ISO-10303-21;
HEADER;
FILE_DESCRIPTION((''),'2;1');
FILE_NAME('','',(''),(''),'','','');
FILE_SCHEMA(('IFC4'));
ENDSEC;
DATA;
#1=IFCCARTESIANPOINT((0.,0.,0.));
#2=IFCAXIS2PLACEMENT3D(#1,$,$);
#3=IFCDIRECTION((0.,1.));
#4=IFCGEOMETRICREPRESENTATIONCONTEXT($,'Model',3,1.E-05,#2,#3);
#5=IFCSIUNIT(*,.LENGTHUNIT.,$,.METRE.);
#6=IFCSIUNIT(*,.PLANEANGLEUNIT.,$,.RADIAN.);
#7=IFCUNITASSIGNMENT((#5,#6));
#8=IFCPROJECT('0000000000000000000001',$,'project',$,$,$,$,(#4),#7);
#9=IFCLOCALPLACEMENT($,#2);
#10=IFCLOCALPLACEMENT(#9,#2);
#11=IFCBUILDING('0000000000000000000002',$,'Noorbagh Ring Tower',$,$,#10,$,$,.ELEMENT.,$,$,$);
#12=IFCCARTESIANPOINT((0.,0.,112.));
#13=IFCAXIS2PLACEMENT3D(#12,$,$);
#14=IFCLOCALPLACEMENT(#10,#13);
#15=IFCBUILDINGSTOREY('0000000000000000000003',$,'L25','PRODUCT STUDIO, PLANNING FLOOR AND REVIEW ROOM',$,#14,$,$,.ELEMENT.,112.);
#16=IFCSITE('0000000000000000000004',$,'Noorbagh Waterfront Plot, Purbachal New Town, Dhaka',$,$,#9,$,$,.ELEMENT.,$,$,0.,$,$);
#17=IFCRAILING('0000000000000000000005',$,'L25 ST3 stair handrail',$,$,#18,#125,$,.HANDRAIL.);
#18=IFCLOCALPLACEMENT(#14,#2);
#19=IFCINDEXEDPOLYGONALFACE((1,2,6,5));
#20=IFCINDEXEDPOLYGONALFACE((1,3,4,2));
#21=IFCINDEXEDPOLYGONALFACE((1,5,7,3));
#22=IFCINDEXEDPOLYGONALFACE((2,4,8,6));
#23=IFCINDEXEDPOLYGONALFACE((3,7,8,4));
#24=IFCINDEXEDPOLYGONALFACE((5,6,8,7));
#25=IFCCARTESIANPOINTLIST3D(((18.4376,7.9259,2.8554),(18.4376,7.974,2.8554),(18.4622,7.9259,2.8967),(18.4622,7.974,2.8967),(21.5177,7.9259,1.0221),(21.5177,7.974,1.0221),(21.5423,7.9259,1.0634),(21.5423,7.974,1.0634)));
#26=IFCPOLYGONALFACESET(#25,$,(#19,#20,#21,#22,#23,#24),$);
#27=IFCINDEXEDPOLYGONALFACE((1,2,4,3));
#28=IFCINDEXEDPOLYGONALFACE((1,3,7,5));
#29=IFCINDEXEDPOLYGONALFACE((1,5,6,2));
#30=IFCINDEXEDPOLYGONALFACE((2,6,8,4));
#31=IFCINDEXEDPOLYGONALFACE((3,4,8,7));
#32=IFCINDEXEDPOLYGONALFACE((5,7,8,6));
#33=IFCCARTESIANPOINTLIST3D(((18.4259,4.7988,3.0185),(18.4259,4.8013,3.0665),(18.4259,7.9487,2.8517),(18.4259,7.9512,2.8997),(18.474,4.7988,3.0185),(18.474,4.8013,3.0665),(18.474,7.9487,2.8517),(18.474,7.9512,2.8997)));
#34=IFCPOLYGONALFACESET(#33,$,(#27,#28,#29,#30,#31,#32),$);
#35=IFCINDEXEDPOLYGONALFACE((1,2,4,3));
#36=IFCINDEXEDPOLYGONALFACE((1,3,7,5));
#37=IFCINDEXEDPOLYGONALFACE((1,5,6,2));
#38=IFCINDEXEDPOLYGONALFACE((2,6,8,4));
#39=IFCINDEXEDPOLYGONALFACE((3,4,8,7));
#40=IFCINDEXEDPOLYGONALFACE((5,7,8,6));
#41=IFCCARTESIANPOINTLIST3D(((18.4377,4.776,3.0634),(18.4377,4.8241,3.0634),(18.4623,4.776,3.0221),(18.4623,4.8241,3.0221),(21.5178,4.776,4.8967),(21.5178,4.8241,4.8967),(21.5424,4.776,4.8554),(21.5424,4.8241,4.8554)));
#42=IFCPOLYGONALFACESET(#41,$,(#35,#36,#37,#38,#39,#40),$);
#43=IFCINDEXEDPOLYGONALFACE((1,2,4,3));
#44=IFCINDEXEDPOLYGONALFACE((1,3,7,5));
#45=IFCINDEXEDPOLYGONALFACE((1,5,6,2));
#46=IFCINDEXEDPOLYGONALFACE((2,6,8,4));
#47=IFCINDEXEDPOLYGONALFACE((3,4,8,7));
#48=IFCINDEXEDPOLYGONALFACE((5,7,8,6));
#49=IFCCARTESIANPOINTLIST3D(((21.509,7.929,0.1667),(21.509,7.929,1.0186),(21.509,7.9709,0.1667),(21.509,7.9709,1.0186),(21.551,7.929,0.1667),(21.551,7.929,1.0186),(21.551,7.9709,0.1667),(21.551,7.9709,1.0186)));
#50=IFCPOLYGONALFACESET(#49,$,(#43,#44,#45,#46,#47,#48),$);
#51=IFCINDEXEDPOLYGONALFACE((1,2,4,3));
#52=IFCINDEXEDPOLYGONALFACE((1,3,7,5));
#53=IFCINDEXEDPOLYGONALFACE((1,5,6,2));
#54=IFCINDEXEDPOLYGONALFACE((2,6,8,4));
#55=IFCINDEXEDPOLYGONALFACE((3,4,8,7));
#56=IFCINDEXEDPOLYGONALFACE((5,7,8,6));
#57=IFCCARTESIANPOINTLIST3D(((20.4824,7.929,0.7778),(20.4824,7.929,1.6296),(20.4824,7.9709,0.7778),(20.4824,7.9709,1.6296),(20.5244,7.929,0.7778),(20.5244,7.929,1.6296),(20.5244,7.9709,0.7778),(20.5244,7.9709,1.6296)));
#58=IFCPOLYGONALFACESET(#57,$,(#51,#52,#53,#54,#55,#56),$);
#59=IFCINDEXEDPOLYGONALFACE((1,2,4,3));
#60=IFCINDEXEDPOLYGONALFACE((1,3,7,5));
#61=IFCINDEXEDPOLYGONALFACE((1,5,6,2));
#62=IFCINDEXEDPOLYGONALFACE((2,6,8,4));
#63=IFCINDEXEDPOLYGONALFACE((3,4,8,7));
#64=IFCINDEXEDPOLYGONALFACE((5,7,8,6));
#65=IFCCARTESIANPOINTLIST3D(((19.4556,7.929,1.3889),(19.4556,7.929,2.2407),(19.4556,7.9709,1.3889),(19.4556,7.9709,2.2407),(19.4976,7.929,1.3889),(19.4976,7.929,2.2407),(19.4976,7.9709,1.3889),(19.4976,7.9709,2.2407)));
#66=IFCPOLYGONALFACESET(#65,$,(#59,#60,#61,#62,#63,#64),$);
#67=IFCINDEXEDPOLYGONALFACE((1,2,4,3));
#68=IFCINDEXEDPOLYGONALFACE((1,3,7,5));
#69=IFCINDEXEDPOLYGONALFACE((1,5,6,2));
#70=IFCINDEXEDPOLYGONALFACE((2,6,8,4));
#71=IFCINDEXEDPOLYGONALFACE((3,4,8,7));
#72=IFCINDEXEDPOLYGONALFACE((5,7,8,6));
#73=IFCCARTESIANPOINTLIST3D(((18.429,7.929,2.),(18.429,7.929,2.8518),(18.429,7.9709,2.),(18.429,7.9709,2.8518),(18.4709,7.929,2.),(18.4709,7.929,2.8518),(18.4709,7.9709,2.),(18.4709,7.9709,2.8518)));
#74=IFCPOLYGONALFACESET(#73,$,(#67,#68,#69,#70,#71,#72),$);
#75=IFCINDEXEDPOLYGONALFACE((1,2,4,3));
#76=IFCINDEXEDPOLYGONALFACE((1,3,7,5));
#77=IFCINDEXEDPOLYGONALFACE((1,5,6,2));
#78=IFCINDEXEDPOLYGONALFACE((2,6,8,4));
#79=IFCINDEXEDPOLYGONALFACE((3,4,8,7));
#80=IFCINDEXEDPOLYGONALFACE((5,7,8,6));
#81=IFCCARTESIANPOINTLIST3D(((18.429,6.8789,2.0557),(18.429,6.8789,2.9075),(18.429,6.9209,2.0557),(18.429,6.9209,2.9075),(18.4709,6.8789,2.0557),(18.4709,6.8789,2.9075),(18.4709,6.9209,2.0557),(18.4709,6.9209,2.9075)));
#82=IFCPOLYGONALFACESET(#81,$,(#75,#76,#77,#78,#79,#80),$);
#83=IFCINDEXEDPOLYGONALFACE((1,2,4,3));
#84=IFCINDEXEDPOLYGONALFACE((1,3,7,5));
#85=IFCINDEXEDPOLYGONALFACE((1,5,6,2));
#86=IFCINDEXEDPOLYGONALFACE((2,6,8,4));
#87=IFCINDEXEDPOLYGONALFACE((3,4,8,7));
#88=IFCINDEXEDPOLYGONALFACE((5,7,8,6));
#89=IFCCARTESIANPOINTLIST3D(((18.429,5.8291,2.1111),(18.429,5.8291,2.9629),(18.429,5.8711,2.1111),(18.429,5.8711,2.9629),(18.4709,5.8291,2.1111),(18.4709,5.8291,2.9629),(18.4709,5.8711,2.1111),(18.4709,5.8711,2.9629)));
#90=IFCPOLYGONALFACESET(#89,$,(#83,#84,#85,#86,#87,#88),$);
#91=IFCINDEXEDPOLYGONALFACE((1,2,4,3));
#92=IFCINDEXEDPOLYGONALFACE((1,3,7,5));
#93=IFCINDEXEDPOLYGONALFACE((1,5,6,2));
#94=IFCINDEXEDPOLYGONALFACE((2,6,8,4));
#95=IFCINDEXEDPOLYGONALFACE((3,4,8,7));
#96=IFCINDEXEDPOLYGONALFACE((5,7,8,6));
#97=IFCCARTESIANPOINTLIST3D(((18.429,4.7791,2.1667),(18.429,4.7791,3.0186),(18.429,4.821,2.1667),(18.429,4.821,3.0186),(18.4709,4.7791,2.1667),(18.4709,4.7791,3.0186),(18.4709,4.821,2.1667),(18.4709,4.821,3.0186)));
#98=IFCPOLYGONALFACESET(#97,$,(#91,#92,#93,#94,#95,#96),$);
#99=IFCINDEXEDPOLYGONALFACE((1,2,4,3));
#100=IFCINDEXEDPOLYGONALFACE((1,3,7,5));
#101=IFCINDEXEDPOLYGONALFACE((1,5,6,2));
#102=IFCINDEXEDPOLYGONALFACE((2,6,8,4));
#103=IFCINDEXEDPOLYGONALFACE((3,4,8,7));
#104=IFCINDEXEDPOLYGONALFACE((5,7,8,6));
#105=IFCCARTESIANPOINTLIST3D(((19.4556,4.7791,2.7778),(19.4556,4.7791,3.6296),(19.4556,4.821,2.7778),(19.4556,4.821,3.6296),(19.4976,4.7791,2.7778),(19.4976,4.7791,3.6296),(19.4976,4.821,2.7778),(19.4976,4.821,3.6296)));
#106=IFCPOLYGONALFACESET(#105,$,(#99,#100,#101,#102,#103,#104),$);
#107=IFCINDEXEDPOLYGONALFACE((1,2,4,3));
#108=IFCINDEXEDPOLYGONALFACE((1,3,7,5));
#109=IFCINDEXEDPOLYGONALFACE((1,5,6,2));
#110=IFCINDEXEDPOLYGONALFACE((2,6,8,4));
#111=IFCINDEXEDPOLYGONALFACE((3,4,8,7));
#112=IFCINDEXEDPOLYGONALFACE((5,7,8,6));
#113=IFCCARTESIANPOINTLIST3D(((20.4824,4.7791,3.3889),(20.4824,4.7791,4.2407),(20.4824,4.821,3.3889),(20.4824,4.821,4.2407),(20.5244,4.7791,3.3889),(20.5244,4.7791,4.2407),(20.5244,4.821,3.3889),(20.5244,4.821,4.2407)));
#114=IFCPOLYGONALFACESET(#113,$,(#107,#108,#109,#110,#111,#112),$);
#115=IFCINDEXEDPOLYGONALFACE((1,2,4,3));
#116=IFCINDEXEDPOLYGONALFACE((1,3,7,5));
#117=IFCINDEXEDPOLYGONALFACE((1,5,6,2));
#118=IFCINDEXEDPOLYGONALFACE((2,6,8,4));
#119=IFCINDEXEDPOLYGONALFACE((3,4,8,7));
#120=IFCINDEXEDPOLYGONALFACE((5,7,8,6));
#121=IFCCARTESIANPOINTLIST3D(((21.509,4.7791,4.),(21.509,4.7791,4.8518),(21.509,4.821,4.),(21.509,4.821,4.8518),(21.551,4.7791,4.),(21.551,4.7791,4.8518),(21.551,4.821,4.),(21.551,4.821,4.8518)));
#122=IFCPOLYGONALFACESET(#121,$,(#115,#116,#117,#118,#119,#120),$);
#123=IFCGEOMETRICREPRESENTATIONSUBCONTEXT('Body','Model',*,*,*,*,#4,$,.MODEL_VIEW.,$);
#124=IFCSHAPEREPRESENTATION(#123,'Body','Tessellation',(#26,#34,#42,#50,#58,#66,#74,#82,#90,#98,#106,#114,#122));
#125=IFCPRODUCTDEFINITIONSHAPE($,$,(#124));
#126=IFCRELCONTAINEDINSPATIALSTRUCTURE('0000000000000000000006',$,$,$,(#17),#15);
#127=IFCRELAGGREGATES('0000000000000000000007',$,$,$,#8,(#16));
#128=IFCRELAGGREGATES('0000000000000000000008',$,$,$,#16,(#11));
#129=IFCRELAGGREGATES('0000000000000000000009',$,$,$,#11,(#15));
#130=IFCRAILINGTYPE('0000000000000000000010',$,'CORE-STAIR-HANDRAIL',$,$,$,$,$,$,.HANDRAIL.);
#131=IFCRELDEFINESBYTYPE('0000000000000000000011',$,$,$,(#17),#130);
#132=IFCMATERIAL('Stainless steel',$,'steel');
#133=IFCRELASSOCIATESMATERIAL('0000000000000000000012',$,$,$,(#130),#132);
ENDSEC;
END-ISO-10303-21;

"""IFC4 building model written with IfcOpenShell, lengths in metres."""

from ifc_helpers import new_model, si_unit, direction, frame, origin, origin_2d, place, context, subcontext, project, spatial, rectangle, extrude, material, type_object, element, save


model = new_model("IFC4")

# Units and contexts
model_context = context("Model", 3, precision=1e-05, world=origin(), true_north=direction((0.0, 1.0)))
body_context = subcontext(model_context, "Body", "Model", "MODEL_VIEW")
ifc_project = project(units=[si_unit("LENGTHUNIT", "METRE"), si_unit("PLANEANGLEUNIT", "RADIAN")], contexts=[model_context])

# Site, building, storey
site_placement = place(None, origin())
site = spatial("IfcSite", under=ifc_project, at=site_placement, Name="Noorbagh Waterfront Plot, Purbachal New Town, Dhaka", CompositionType="ELEMENT", RefElevation=0.0)
building_placement = place(site_placement, origin())
building = spatial("IfcBuilding", under=site, at=building_placement, Name="Noorbagh Ring Tower", CompositionType="ELEMENT")
storey_placement = place(building_placement, frame((0.0, 0.0, 112.0)))
storey = spatial("IfcBuildingStorey", under=building, at=storey_placement, Name="L25", Description="PRODUCT STUDIO, PLANNING FLOOR AND REVIEW ROOM", CompositionType="ELEMENT", Elevation=112.0)

# Railing
ifc_material_1 = material(Name="Stainless steel", Category="steel")
railing_type_1 = type_object("IfcRailingType", Name="CORE-STAIR-HANDRAIL", PredefinedType="HANDRAIL", material=ifc_material_1)
railing_1_placement = place(storey_placement, frame((21.53, 7.95, 0.1667)))
element("IfcRailing", 1, at=railing_1_placement, inside=storey, type_object=railing_type_1, Name="L25 ST3 stair handrail", PredefinedType="HANDRAIL", context=body_context, shape_type="SweptSolid", body=[
    extrude(rectangle(XDim=0.0481, YDim=0.0481, at=origin_2d()), frame((0.0, 0.0, 0.876), z_axis=(-0.859309, 0.0, 0.511458), x_axis=(0.0, -1.0, 0.0)), (0.0, 0.0, 1.0), 3.5845),
    extrude(rectangle(XDim=0.0481, YDim=0.0481, at=origin_2d()), frame((-3.0801, 0.0, 2.709), z_axis=(0.0, -0.998602, 0.052864), x_axis=(1.0, 0.0, 0.0)), (0.0, 0.0, 1.0), 3.1543),
    extrude(rectangle(XDim=0.0481, YDim=0.0481, at=origin_2d()), frame((-3.0801, -3.1499, 2.876), z_axis=(0.859309, 0.0, 0.511458), x_axis=(0.0, 1.0, 0.0)), (0.0, 0.0, 1.0), 3.5845),
    extrude(rectangle(XDim=0.042, YDim=0.042, at=origin_2d()), origin(), (0.0, 0.0, 1.0), 0.8518),
    extrude(rectangle(XDim=0.042, YDim=0.042, at=origin_2d()), frame((-1.0266, 0.0, 0.6111)), (0.0, 0.0, 1.0), 0.8518),
    extrude(rectangle(XDim=0.042, YDim=0.042, at=origin_2d()), frame((-2.0535, 0.0, 1.2222)), (0.0, 0.0, 1.0), 0.8518),
    extrude(rectangle(XDim=0.042, YDim=0.042, at=origin_2d()), frame((-3.0801, 0.0, 1.8333)), (0.0, 0.0, 1.0), 0.8518),
    extrude(rectangle(XDim=0.042, YDim=0.042, at=origin_2d()), frame((-3.0801, -1.05, 1.8889)), (0.0, 0.0, 1.0), 0.8518),
    extrude(rectangle(XDim=0.042, YDim=0.042, at=origin_2d()), frame((-3.0801, -2.0999, 1.9443)), (0.0, 0.0, 1.0), 0.8518),
    extrude(rectangle(XDim=0.042, YDim=0.042, at=origin_2d()), frame((-3.0801, -3.1499, 2.0)), (0.0, 0.0, 1.0), 0.8518),
    extrude(rectangle(XDim=0.042, YDim=0.042, at=origin_2d()), frame((-2.0535, -3.1499, 2.6111)), (0.0, 0.0, 1.0), 0.8518),
    extrude(rectangle(XDim=0.042, YDim=0.042, at=origin_2d()), frame((-1.0266, -3.1499, 3.2222)), (0.0, 0.0, 1.0), 0.8518),
    extrude(rectangle(XDim=0.042, YDim=0.042, at=origin_2d()), frame((0.0, -3.1499, 3.8333)), (0.0, 0.0, 1.0), 0.8518),
])

save(model, "model.ifc")
